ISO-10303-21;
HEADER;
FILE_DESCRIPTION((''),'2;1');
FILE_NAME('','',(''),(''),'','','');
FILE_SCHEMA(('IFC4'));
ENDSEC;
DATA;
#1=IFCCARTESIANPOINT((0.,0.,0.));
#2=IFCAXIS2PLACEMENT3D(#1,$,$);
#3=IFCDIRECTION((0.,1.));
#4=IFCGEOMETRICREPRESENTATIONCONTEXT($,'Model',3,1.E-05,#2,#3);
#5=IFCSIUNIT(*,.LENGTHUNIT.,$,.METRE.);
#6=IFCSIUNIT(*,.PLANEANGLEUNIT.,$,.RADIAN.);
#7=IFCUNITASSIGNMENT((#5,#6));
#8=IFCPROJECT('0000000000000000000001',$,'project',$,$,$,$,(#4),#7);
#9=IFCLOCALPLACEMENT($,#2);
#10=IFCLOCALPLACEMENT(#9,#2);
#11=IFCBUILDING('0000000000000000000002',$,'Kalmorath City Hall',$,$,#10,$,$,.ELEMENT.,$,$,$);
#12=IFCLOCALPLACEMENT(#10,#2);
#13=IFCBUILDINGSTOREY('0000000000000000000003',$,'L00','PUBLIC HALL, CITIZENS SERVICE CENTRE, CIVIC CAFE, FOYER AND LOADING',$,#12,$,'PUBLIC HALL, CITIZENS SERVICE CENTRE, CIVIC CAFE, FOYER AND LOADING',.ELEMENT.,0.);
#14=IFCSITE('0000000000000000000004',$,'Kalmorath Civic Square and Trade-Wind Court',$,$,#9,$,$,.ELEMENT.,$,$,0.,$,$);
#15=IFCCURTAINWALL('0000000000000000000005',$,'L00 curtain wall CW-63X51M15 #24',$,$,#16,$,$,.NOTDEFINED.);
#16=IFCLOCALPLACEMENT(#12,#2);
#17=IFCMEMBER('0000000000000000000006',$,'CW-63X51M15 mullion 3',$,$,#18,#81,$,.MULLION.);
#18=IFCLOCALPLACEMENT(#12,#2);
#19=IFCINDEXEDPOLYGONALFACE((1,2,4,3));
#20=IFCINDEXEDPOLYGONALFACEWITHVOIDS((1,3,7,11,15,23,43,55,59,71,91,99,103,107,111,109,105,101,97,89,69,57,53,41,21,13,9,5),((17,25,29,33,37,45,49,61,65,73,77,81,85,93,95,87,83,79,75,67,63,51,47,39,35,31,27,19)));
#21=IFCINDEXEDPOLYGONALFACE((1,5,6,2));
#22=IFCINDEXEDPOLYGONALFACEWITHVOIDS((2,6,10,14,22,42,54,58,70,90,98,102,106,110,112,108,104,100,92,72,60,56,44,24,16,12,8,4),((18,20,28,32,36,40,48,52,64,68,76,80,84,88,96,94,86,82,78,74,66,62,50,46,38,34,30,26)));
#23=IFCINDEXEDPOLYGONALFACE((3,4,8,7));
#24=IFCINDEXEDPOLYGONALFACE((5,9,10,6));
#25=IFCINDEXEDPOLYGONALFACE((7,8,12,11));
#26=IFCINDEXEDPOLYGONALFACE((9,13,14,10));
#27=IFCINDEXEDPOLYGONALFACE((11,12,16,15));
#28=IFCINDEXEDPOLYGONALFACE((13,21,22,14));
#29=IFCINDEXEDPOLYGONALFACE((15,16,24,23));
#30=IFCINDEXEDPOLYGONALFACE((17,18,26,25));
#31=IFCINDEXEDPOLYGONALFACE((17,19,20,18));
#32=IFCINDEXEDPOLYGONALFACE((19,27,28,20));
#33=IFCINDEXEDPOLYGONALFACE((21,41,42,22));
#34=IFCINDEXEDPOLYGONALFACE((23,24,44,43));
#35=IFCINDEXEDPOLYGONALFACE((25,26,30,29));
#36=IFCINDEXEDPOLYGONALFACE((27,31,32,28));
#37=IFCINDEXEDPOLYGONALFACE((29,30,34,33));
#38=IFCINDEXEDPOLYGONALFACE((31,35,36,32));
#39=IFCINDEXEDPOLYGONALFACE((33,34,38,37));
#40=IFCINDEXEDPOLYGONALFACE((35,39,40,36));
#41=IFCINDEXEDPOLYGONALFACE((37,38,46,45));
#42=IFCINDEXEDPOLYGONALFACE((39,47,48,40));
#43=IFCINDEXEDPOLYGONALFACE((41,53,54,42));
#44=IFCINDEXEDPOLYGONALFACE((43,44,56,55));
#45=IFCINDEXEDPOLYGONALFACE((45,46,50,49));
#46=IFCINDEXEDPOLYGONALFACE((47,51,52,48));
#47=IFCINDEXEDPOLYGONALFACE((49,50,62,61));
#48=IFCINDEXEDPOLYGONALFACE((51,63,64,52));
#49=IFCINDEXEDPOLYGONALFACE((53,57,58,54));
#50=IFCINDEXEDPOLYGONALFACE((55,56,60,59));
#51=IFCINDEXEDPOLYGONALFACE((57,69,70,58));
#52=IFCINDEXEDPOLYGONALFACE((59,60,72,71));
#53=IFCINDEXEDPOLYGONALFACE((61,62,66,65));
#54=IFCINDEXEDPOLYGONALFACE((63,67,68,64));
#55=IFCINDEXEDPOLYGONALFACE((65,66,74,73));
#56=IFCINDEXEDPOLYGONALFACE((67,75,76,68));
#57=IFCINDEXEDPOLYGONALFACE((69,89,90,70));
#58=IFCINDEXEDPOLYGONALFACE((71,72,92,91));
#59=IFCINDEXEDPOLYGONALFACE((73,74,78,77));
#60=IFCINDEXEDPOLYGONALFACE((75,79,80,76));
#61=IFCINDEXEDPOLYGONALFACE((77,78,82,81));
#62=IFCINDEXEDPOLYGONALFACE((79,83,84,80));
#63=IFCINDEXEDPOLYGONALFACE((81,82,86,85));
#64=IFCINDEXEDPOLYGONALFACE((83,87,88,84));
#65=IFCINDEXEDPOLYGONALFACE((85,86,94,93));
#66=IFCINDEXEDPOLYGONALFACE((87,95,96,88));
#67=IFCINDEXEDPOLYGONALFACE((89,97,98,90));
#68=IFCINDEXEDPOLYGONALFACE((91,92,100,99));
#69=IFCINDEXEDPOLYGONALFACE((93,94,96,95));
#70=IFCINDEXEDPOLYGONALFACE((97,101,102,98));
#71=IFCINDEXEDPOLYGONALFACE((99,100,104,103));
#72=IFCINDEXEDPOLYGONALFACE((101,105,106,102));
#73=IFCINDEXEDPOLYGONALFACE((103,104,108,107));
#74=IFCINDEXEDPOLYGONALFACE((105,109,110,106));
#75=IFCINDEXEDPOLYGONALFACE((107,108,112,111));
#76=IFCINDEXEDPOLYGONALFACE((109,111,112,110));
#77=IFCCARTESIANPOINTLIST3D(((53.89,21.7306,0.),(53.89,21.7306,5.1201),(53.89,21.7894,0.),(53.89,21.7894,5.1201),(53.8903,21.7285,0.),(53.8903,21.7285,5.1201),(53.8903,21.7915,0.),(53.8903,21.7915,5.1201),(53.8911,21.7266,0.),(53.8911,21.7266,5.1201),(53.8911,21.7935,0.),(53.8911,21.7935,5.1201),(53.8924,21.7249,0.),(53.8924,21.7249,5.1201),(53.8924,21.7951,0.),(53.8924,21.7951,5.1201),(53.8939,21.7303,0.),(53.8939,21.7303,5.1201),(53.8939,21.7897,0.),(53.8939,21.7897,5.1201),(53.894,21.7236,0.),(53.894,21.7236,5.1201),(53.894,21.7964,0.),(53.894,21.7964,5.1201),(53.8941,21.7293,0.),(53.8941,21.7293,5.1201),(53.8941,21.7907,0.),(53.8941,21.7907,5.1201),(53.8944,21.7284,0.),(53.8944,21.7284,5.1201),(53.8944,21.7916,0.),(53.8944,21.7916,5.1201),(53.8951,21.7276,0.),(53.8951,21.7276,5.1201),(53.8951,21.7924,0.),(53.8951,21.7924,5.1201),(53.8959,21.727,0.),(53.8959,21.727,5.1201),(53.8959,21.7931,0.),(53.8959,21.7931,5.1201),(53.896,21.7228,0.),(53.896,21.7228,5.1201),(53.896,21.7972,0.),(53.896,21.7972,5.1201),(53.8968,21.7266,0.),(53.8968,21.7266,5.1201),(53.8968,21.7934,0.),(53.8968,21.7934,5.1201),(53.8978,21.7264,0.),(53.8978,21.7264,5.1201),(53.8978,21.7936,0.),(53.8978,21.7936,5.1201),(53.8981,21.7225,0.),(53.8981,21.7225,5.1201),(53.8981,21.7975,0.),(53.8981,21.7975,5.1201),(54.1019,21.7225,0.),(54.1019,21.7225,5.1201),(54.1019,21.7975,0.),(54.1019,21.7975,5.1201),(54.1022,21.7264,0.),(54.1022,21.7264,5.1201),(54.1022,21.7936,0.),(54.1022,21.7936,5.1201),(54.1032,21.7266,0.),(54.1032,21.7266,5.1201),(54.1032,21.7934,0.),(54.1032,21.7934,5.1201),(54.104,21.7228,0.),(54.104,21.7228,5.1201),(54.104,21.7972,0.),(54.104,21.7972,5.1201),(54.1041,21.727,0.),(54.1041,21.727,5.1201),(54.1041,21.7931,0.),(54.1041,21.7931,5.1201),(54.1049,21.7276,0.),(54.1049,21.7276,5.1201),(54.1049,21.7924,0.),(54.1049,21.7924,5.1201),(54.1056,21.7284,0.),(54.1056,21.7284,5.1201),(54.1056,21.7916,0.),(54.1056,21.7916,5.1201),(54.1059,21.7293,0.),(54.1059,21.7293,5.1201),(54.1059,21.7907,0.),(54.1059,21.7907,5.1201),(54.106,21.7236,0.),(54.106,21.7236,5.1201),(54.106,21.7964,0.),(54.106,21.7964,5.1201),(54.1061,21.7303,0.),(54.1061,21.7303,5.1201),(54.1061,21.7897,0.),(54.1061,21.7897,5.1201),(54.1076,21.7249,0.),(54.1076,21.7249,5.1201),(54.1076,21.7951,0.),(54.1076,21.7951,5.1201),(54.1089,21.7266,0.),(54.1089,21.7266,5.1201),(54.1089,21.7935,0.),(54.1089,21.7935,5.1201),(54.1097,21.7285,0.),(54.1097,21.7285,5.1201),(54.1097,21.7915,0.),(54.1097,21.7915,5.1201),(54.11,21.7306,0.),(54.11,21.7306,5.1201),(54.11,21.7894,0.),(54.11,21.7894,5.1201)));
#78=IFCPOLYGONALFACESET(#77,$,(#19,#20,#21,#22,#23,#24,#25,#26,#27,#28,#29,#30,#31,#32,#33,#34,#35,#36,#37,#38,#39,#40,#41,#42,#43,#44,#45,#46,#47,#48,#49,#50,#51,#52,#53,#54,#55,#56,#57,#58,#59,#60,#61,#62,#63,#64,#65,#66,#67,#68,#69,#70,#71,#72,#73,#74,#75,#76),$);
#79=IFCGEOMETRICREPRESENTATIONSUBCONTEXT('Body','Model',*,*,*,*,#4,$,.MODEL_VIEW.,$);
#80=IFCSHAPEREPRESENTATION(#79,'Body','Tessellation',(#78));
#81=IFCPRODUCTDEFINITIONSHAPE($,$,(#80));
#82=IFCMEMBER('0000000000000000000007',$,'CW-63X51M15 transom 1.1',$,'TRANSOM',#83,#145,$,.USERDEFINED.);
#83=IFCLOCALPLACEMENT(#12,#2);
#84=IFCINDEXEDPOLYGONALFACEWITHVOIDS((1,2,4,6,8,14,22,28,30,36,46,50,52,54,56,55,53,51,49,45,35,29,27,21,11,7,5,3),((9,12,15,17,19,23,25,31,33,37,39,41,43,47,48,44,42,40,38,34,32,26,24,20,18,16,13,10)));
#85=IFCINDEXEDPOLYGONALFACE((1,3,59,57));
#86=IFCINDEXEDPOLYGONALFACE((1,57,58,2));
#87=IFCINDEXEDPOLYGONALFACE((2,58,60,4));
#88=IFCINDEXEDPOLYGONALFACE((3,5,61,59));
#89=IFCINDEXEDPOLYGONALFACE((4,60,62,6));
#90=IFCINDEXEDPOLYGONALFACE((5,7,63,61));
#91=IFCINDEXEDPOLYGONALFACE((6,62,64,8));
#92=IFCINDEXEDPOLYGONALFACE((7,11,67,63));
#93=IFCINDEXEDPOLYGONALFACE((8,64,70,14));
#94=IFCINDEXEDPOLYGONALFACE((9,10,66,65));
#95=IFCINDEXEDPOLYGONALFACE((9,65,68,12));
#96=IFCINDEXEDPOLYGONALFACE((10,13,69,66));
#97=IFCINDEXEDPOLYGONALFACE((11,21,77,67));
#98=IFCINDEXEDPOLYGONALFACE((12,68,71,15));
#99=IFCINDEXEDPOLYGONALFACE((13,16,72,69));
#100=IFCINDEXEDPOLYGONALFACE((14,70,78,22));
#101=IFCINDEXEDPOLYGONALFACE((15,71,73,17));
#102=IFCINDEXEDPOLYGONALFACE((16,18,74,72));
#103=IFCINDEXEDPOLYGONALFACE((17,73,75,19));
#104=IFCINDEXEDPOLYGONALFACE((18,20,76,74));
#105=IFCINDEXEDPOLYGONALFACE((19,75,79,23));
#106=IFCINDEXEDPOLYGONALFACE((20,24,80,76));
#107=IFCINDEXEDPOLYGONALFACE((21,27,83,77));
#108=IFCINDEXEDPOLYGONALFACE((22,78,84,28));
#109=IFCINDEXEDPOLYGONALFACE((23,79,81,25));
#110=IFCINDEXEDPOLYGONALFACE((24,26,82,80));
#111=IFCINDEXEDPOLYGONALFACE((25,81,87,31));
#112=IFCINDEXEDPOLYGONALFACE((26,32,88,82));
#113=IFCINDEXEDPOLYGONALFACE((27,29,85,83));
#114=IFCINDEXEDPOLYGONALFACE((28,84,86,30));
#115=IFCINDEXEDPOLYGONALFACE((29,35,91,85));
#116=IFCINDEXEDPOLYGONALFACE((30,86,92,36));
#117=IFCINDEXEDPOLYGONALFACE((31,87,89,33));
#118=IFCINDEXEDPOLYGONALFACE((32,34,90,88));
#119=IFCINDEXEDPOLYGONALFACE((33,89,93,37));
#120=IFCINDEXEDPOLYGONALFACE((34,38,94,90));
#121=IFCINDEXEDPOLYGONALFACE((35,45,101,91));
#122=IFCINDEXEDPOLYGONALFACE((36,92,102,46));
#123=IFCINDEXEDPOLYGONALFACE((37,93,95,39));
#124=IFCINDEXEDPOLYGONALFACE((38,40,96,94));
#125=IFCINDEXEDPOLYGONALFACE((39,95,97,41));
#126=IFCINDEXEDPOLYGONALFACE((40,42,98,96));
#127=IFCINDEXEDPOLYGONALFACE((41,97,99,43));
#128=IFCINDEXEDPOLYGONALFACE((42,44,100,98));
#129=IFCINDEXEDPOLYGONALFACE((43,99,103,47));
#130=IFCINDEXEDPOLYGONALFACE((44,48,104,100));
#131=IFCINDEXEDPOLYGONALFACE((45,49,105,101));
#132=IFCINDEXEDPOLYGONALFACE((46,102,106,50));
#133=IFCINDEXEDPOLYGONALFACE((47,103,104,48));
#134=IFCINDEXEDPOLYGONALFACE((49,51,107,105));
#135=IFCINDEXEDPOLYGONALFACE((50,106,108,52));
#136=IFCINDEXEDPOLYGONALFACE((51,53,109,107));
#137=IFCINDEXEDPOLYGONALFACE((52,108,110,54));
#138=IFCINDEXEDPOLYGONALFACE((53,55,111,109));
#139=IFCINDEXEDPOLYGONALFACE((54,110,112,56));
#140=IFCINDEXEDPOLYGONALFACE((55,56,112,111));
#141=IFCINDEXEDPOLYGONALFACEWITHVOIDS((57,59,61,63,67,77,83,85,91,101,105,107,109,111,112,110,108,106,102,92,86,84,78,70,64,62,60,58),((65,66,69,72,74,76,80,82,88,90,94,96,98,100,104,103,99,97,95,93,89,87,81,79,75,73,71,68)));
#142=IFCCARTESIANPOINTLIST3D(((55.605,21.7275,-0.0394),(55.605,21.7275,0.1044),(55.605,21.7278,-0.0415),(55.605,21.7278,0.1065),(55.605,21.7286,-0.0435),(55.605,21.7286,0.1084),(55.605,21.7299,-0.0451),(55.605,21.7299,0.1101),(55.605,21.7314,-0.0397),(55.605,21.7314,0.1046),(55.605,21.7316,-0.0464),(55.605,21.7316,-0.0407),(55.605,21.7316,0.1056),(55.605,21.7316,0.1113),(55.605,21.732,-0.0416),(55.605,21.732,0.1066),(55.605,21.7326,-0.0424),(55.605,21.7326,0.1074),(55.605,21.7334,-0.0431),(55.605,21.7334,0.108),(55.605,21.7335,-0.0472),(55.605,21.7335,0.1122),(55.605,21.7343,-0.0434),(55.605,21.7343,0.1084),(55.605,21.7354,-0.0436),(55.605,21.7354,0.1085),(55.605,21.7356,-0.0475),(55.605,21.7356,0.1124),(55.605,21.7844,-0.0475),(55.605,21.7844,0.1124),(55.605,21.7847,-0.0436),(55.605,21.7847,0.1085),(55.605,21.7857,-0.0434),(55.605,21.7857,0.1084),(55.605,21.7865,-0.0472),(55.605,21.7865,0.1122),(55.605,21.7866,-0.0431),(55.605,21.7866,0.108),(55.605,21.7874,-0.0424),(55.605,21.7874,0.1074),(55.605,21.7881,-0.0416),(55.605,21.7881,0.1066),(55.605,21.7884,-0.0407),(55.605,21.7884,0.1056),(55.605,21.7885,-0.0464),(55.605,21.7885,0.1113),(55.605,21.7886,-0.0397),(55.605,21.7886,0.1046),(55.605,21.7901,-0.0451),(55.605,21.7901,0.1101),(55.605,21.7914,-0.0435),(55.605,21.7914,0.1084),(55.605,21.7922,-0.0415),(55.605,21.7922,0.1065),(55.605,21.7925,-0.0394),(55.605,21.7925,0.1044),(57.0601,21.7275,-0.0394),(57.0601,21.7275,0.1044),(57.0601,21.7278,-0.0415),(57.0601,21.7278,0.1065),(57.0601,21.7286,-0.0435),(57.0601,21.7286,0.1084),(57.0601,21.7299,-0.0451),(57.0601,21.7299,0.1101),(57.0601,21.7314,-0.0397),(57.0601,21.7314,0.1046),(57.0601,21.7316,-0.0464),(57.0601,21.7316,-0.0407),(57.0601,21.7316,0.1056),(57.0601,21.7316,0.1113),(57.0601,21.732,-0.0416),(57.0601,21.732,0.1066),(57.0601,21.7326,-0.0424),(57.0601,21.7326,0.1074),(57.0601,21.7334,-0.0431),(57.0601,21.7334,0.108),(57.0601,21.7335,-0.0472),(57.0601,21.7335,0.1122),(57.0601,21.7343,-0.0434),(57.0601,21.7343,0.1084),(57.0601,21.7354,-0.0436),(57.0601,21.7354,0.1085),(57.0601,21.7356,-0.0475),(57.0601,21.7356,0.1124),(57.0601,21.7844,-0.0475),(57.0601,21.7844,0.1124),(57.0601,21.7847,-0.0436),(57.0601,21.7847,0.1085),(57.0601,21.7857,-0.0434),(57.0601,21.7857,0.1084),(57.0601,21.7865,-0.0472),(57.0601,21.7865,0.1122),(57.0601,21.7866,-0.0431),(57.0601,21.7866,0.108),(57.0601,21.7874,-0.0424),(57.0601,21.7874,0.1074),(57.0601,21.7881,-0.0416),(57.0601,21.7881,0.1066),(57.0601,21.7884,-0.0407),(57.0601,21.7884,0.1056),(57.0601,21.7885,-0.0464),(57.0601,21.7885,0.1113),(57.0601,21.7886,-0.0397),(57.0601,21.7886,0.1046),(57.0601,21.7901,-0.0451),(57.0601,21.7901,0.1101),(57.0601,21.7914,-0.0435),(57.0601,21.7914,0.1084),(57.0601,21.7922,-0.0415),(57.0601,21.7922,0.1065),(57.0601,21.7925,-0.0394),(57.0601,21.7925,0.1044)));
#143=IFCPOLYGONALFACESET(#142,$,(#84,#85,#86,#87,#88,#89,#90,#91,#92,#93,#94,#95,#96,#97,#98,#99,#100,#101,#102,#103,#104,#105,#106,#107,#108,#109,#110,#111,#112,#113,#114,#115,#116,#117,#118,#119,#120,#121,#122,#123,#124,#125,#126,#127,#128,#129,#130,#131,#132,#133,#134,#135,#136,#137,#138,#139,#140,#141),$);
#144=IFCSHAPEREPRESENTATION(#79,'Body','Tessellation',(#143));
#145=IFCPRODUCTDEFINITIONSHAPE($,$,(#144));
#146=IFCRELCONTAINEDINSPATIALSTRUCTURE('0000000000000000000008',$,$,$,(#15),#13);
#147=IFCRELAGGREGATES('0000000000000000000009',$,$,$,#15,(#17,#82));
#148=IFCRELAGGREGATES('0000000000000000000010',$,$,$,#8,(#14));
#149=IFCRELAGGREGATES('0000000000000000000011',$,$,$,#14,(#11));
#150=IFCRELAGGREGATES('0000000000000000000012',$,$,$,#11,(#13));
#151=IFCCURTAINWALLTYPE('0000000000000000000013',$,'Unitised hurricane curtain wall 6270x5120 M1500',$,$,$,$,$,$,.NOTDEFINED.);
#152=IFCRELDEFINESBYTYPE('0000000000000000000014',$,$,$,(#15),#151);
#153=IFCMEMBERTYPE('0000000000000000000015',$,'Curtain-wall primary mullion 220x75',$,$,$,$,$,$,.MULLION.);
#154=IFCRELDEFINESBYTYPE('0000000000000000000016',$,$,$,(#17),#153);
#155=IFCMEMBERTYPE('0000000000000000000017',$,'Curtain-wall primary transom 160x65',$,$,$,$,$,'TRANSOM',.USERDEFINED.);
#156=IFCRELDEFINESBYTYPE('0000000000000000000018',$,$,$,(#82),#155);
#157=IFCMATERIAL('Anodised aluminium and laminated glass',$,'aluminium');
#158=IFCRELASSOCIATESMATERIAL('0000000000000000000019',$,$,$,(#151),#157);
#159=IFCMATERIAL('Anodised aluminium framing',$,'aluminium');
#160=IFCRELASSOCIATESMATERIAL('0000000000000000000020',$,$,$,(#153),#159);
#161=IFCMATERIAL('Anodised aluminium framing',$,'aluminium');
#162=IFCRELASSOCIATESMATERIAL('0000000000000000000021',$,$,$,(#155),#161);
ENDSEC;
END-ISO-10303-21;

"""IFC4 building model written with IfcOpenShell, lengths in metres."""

from ifc_helpers import new_model, si_unit, direction, frame, origin, origin_2d, place, context, subcontext, project, spatial, hollow_rectangle, extrude, material, material_profile, profile_set, type_object, element, aggregate, save


model = new_model("IFC4")

# Units and contexts
model_context = context("Model", 3, precision=1e-05, world=origin(), true_north=direction((0.0, 1.0)))
body_context = subcontext(model_context, "Body", "Model", "MODEL_VIEW")
ifc_project = project(units=[si_unit("LENGTHUNIT", "METRE"), si_unit("PLANEANGLEUNIT", "RADIAN")], contexts=[model_context])

# Site, building, storey
site_placement = place(None, origin())
site = spatial("IfcSite", under=ifc_project, at=site_placement, Name="Kalmorath Civic Square and Trade-Wind Court", CompositionType="ELEMENT", RefElevation=0.0)
building_placement = place(site_placement, origin())
building = spatial("IfcBuilding", under=site, at=building_placement, Name="Kalmorath City Hall", CompositionType="ELEMENT")
storey_placement = place(building_placement, origin())
storey = spatial("IfcBuildingStorey", under=building, at=storey_placement, Name="L00", Description="PUBLIC HALL, CITIZENS SERVICE CENTRE, CIVIC CAFE, FOYER AND LOADING", LongName="PUBLIC HALL, CITIZENS SERVICE CENTRE, CIVIC CAFE, FOYER AND LOADING", CompositionType="ELEMENT", Elevation=0.0)

# Curtain wall, members
ifc_material_1 = material(Name="Anodised aluminium and laminated glass", Category="aluminium")
curtain_wall_type = type_object("IfcCurtainWallType", Name="Unitised hurricane curtain wall 6270x5120 M1500", PredefinedType="NOTDEFINED", material=ifc_material_1)
curtain_wall_placement = place(storey_placement, origin())
curtain_wall = element("IfcCurtainWall", 1, at=curtain_wall_placement, inside=storey, type_object=curtain_wall_type, Name="L00 curtain wall CW-63X51M15 #24", PredefinedType="NOTDEFINED")
ifc_material_2 = material(Name="Anodised aluminium framing", Category="aluminium")
ifc_material_profile_1 = material_profile(ifc_material_2, hollow_rectangle(XDim=0.075, YDim=0.22, WallThickness=0.0039, InnerFilletRadius=0.0039, OuterFilletRadius=0.0081, at=origin_2d()), Name="ALU-MUL-220X75X4")
ifc_profile_set_1 = profile_set([ifc_material_profile_1], Name="Anodised aluminium framing")
member_type_1 = type_object("IfcMemberType", Name="Curtain-wall primary mullion 220x75", PredefinedType="MULLION", material=ifc_profile_set_1)
member_1_placement = place(storey_placement, frame((54.0, 21.76, 0.0), z_axis=(0.0, 0.0, 1.0), x_axis=(0.0, -1.0, 0.0)))
member_1 = element("IfcMember", 2, at=member_1_placement, type_object=member_type_1, Name="CW-63X51M15 mullion 3", PredefinedType="MULLION", context=body_context, shape_type="SweptSolid", body=[
    extrude(hollow_rectangle(XDim=0.075, YDim=0.22, WallThickness=0.0039, InnerFilletRadius=0.0039, OuterFilletRadius=0.0081, at=origin_2d()), origin(), (0.0, 0.0, 1.0), 5.1201),
])
ifc_material_3 = material(Name="Anodised aluminium framing", Category="aluminium")
ifc_material_profile_2 = material_profile(ifc_material_3, hollow_rectangle(XDim=0.0649, YDim=0.1599, WallThickness=0.0039, InnerFilletRadius=0.0039, OuterFilletRadius=0.0081, at=origin_2d()), Name="ALU-TRN-160X65X4")
ifc_profile_set_2 = profile_set([ifc_material_profile_2], Name="Anodised aluminium framing")
member_type_2 = type_object("IfcMemberType", Name="Curtain-wall primary transom 160x65", ElementType="TRANSOM", PredefinedType="USERDEFINED", material=ifc_profile_set_2)
member_2_placement = place(storey_placement, frame((57.0601, 21.76, 0.0325), z_axis=(-1.0, 0.0, 0.0), x_axis=(0.0, -1.0, 0.0)))
member_2 = element("IfcMember", 3, at=member_2_placement, type_object=member_type_2, Name="CW-63X51M15 transom 1.1", ObjectType="TRANSOM", PredefinedType="USERDEFINED", context=body_context, shape_type="SweptSolid", body=[
    extrude(hollow_rectangle(XDim=0.0649, YDim=0.1599, WallThickness=0.0039, InnerFilletRadius=0.0039, OuterFilletRadius=0.0081, at=origin_2d()), origin(), (0.0, 0.0, 1.0), 1.4551),
])

aggregate(curtain_wall, [member_1, member_2])

save(model, "model.ifc")
